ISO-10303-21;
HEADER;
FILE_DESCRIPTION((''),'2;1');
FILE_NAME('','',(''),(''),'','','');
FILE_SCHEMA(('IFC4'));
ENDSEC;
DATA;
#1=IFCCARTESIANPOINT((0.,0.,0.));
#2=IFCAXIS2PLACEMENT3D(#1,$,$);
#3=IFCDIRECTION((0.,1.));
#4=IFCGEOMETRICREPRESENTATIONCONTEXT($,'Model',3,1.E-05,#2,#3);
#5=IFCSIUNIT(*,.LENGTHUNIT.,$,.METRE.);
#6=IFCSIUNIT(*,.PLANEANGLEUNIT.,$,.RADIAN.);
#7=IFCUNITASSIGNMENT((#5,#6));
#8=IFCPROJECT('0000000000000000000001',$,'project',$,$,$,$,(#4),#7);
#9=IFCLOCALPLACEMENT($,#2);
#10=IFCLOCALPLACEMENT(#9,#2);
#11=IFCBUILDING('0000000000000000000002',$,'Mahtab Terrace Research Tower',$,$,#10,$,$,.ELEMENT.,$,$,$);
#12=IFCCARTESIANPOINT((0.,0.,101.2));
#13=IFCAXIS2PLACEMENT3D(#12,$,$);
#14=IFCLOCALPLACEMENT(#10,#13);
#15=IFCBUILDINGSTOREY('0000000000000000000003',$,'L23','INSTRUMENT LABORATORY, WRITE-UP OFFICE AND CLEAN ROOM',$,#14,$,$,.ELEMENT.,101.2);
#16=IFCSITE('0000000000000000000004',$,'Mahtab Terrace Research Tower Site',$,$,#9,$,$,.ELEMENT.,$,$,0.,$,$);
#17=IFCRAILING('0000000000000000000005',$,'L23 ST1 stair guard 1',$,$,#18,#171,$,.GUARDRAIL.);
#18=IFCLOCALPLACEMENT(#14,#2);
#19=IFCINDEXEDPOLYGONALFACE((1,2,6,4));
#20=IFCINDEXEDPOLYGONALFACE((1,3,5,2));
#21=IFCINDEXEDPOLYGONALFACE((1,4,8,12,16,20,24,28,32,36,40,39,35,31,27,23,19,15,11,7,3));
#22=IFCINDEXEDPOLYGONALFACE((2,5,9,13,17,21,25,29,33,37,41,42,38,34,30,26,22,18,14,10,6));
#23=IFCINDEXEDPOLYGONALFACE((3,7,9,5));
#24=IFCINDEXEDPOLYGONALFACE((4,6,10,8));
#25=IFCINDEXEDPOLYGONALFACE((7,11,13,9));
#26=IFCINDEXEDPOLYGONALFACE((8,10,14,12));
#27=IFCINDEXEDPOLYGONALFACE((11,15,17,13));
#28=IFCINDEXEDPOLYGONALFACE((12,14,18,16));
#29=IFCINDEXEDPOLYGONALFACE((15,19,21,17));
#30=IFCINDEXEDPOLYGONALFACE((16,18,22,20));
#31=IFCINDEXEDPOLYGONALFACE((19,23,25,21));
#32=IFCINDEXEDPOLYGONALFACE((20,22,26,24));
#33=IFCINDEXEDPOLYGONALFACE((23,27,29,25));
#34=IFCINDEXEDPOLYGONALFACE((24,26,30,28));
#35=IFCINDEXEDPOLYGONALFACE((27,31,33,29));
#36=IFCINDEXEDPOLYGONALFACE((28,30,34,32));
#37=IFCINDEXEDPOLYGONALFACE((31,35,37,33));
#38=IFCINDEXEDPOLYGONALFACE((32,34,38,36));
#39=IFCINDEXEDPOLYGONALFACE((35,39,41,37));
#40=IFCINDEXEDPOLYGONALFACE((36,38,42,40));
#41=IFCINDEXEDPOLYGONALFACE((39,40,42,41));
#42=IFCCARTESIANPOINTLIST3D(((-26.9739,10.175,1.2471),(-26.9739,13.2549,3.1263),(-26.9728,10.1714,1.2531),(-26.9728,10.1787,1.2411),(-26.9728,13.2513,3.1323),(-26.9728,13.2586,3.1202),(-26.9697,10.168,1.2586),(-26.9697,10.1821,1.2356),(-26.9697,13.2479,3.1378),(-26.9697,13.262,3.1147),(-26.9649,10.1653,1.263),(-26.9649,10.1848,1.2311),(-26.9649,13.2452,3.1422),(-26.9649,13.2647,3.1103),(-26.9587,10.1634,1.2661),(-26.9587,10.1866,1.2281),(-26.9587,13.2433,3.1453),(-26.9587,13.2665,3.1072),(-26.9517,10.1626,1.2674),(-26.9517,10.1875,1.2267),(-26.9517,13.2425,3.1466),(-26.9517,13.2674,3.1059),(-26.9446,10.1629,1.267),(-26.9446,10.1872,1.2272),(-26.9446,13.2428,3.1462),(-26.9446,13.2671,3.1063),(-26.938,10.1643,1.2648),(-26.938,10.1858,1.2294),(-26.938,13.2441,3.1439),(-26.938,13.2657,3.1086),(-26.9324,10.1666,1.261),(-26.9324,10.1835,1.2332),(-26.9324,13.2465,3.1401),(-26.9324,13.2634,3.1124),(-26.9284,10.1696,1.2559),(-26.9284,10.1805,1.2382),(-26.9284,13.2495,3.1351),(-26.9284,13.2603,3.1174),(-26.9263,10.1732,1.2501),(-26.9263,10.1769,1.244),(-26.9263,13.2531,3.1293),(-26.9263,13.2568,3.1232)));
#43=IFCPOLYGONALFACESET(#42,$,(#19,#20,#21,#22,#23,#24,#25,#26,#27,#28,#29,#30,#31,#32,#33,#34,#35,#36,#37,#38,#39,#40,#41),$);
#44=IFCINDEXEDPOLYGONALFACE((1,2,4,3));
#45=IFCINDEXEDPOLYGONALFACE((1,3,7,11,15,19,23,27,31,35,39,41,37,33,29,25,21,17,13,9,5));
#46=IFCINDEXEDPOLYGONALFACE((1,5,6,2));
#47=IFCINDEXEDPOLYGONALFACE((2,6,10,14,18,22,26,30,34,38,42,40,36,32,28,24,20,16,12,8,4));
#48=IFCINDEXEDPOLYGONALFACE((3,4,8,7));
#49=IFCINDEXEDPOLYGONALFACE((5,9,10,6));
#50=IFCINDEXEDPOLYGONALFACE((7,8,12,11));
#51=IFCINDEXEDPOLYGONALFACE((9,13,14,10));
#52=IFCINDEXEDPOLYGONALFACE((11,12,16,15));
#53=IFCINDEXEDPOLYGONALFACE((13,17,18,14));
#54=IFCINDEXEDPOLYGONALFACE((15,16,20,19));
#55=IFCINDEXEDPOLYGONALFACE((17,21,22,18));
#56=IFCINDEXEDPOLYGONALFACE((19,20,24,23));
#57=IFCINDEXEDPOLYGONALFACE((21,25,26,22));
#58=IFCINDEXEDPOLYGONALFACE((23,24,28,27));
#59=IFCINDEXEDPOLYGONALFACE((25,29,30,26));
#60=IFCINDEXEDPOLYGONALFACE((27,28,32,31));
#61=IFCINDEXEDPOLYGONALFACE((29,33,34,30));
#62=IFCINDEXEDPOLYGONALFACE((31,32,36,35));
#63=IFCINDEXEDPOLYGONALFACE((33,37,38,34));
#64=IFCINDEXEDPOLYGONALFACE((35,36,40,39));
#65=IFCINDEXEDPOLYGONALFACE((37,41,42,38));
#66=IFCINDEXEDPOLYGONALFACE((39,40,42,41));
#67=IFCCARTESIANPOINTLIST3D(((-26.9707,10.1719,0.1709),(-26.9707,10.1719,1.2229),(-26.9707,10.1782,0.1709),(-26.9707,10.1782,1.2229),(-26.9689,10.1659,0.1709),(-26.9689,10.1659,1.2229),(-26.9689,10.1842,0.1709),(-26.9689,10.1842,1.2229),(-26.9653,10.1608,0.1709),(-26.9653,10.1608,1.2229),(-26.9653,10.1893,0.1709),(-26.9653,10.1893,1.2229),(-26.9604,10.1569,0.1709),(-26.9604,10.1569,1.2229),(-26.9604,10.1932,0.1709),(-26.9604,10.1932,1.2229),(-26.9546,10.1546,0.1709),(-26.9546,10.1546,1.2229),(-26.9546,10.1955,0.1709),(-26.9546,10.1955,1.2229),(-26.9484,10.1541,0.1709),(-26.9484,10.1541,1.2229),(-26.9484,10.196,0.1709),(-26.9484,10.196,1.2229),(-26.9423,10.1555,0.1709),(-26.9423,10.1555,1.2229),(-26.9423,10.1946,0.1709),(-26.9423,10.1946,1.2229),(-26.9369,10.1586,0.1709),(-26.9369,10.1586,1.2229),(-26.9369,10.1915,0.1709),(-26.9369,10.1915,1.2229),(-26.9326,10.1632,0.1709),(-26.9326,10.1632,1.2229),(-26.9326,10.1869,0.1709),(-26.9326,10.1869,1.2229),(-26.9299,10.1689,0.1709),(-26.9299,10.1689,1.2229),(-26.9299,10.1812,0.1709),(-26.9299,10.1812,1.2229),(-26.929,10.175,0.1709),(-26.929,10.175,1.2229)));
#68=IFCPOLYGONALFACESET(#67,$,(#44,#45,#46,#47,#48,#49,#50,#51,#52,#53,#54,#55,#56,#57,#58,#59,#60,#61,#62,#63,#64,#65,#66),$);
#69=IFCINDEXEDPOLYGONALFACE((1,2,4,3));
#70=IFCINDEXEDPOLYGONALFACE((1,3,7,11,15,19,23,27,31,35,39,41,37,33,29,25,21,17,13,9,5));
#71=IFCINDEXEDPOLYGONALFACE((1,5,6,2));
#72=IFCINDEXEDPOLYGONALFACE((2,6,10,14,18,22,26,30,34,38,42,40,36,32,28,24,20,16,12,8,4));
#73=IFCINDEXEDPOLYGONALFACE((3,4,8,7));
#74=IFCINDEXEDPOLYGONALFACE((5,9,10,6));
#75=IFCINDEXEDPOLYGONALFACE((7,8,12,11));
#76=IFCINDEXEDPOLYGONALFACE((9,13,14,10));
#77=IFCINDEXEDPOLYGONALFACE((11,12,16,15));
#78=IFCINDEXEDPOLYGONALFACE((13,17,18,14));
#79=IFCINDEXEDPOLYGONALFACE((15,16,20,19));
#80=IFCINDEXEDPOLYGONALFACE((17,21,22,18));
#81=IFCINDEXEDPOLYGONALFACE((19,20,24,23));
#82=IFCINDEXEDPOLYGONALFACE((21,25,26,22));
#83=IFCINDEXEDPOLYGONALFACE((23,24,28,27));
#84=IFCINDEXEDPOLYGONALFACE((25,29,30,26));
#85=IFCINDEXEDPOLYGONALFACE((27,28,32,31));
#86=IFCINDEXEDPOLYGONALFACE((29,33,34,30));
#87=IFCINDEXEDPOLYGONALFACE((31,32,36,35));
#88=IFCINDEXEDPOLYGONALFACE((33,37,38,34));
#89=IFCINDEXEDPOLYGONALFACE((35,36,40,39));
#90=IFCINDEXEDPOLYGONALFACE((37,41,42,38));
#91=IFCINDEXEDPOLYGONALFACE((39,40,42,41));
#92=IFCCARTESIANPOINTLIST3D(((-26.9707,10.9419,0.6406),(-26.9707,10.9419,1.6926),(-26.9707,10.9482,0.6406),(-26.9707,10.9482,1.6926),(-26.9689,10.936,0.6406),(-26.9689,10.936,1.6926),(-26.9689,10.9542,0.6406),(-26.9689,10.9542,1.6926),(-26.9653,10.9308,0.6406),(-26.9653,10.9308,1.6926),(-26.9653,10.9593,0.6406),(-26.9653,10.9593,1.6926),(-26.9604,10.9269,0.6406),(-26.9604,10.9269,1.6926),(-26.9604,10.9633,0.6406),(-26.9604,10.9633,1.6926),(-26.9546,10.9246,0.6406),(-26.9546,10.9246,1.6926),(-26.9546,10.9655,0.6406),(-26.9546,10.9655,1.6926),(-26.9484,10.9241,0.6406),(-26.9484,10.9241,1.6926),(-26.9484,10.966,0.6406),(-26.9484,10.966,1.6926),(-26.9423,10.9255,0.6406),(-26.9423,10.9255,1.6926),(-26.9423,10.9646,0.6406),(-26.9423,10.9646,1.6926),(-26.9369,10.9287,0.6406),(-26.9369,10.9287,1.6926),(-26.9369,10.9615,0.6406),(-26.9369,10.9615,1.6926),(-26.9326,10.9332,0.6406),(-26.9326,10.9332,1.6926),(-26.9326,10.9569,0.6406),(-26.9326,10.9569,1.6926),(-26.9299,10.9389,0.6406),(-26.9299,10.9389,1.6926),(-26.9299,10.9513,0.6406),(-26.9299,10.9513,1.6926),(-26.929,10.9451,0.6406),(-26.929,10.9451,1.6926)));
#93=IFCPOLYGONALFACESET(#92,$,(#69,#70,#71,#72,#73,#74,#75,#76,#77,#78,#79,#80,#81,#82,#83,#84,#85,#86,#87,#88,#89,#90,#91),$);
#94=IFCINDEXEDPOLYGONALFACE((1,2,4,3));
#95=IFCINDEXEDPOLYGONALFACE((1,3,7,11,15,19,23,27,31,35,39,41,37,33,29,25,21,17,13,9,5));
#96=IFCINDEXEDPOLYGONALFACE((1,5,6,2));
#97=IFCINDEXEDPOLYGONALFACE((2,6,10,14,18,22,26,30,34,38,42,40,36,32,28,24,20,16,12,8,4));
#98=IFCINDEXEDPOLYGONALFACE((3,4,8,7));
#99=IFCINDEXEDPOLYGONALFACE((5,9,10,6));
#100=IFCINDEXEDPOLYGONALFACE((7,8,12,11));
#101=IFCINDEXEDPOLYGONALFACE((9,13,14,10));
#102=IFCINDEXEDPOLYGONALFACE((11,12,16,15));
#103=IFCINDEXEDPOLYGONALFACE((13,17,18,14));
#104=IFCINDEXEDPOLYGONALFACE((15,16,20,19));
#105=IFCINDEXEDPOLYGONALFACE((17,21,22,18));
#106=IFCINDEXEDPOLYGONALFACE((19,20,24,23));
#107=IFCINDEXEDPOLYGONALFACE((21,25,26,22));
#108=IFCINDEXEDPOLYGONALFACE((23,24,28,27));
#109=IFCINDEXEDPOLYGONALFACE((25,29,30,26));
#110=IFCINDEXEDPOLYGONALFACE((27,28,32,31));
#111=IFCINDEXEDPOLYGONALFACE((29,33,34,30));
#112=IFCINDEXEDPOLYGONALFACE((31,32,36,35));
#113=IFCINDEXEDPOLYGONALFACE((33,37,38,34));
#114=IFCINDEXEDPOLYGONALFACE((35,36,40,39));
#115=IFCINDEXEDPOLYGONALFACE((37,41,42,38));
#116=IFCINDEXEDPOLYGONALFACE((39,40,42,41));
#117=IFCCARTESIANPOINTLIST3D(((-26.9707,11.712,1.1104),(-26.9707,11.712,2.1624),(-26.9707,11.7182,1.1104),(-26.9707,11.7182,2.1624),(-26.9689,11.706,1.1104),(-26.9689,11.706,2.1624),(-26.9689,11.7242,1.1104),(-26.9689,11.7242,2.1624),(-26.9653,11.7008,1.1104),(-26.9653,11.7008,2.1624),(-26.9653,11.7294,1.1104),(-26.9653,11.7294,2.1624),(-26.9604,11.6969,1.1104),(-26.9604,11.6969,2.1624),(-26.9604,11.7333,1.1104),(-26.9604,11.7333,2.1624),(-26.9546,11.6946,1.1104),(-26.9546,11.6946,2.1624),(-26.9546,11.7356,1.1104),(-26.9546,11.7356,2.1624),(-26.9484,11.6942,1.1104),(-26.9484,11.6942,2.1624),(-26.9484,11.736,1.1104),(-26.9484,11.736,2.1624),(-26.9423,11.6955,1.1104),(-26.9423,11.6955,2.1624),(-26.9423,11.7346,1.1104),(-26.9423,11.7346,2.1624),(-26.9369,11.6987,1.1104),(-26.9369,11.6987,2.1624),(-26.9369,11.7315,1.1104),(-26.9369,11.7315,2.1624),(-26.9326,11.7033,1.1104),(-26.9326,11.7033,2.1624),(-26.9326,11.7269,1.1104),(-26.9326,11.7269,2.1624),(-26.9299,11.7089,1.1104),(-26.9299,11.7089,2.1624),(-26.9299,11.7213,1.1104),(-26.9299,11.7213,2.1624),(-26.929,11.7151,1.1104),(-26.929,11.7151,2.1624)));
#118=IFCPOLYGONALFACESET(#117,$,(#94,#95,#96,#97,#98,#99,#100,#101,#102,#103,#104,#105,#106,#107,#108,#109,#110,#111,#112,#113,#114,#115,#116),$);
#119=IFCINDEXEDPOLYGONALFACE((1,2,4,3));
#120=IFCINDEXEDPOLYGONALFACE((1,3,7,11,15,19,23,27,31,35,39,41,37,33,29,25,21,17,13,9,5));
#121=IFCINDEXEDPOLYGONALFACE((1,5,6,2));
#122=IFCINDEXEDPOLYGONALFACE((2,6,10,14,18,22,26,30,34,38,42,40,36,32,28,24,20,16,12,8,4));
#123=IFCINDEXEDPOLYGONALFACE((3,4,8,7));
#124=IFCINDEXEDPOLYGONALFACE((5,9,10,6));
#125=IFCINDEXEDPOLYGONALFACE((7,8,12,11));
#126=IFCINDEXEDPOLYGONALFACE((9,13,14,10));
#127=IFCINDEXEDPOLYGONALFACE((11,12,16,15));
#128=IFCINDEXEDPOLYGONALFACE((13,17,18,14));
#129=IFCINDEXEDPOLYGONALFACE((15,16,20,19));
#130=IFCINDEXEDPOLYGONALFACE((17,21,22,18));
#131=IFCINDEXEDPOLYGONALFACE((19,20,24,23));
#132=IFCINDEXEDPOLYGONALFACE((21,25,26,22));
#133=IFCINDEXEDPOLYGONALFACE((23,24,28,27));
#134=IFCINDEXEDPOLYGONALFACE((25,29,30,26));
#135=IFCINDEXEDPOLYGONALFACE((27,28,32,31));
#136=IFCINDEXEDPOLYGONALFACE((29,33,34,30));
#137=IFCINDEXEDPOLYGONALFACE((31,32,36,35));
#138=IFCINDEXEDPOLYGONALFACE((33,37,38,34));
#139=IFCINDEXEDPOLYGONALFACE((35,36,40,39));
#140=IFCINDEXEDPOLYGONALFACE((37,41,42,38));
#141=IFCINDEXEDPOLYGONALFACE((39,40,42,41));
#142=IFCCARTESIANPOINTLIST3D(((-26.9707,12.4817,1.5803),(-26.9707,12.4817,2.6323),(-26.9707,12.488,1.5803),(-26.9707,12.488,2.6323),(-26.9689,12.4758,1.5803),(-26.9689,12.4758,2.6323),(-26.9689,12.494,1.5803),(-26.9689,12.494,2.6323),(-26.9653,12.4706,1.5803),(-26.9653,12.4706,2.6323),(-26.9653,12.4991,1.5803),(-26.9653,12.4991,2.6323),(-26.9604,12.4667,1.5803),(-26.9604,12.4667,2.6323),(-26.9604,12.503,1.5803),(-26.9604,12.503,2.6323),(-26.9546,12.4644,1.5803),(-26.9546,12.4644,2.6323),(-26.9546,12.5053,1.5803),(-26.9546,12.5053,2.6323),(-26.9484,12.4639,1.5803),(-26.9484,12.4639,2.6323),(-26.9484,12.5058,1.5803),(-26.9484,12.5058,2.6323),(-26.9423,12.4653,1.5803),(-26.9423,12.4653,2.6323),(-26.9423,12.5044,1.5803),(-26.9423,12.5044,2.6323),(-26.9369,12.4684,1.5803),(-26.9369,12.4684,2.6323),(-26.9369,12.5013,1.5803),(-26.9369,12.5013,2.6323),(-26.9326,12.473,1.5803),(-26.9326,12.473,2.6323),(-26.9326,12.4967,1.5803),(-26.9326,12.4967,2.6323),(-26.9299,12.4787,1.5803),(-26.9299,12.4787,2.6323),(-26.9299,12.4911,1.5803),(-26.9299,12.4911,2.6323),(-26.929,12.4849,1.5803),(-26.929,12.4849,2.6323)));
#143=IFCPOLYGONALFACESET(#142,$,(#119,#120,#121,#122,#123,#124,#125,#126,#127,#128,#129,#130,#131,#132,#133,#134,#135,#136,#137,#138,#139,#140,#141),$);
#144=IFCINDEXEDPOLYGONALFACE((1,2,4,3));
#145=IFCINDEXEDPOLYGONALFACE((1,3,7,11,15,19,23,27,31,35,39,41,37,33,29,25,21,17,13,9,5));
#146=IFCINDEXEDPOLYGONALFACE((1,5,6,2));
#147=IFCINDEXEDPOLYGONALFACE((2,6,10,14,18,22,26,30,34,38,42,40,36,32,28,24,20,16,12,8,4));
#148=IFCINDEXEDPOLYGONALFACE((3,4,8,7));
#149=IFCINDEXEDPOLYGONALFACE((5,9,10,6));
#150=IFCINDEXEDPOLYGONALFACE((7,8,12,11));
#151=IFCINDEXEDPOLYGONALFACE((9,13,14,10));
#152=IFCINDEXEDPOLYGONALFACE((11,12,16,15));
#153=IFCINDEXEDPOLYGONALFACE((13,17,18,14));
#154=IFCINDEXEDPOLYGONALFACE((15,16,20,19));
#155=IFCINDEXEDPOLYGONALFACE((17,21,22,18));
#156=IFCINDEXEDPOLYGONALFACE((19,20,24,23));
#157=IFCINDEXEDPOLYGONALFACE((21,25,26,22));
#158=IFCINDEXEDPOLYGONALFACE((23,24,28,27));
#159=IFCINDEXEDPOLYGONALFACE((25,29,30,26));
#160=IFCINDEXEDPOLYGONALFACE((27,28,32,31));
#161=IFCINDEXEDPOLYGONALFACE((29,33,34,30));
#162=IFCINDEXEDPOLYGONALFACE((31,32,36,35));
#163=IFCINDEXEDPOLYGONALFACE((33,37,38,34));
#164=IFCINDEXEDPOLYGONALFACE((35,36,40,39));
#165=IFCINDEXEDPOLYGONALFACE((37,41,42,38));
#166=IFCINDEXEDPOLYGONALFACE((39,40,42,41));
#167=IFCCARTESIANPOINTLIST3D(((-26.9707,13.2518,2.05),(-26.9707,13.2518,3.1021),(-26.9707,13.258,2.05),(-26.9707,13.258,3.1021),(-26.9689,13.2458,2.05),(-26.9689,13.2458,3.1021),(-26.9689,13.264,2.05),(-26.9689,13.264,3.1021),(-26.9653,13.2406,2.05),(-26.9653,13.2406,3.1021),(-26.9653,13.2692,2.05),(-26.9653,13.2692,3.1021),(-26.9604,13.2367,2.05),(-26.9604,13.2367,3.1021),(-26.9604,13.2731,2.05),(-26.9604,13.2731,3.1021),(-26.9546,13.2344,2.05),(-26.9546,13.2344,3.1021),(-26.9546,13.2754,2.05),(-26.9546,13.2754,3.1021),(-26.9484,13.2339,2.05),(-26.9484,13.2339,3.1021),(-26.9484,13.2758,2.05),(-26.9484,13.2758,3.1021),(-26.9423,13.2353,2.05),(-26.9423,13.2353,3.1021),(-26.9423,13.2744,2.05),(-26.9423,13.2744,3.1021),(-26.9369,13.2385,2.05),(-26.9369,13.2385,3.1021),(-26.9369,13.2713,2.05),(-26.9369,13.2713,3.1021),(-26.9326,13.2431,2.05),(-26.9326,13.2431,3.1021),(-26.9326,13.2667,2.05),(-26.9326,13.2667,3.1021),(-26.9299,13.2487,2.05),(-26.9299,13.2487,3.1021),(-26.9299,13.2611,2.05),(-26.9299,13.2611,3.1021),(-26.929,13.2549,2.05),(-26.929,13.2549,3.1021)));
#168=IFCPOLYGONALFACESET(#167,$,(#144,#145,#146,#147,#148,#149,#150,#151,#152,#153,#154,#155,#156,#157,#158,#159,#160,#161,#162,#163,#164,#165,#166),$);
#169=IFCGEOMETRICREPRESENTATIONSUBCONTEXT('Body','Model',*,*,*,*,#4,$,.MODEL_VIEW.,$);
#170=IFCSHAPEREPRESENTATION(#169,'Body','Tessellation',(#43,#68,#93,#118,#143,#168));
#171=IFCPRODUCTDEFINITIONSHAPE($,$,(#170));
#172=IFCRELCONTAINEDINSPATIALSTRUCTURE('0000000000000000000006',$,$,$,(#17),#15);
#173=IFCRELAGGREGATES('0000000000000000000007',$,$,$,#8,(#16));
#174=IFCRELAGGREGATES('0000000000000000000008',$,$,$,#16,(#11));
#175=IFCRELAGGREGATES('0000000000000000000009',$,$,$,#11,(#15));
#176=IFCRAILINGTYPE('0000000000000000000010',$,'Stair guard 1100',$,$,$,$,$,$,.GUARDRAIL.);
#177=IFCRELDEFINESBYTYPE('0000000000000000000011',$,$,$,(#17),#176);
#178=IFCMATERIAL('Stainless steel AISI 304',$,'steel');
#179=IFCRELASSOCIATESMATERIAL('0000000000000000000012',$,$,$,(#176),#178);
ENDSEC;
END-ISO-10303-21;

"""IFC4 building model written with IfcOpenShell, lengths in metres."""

from ifc_helpers import new_model, si_unit, direction, frame, origin, origin_2d, place, context, subcontext, project, spatial, circle, extrude, material, type_object, element, save


model = new_model("IFC4")

# Units and contexts
model_context = context("Model", 3, precision=1e-05, world=origin(), true_north=direction((0.0, 1.0)))
body_context = subcontext(model_context, "Body", "Model", "MODEL_VIEW")
ifc_project = project(units=[si_unit("LENGTHUNIT", "METRE"), si_unit("PLANEANGLEUNIT", "RADIAN")], contexts=[model_context])

# Site, building, storey
site_placement = place(None, origin())
site = spatial("IfcSite", under=ifc_project, at=site_placement, Name="Mahtab Terrace Research Tower Site", CompositionType="ELEMENT", RefElevation=0.0)
building_placement = place(site_placement, origin())
building = spatial("IfcBuilding", under=site, at=building_placement, Name="Mahtab Terrace Research Tower", CompositionType="ELEMENT")
storey_placement = place(building_placement, frame((0.0, 0.0, 101.2)))
storey = spatial("IfcBuildingStorey", under=building, at=storey_placement, Name="L23", Description="INSTRUMENT LABORATORY, WRITE-UP OFFICE AND CLEAN ROOM", CompositionType="ELEMENT", Elevation=101.2)

# Shared definitions
ifc_material_1 = material(Name="Stainless steel AISI 304", Category="steel")

# Railing
railing_type_1 = type_object("IfcRailingType", Name="Stair guard 1100", PredefinedType="GUARDRAIL", material=ifc_material_1)
railing_1_placement = place(storey_placement, frame((-26.95, 10.175, 0.1709)))
element("IfcRailing", 1, at=railing_1_placement, inside=storey, type_object=railing_type_1, Name="L23 ST1 stair guard 1", PredefinedType="GUARDRAIL", context=body_context, shape_type="SweptSolid", body=[
    extrude(circle(Radius=0.0239, at=origin_2d()), frame((0.0, 0.0, 1.0762), z_axis=(0.0, 0.853648, 0.52085), x_axis=(-1.0, 0.0, 0.0)), (0.0, 0.0, 1.0), 3.6079),
    extrude(circle(Radius=0.021, at=origin_2d()), origin(), (0.0, 0.0, 1.0), 1.052),
    extrude(circle(Radius=0.021, at=origin_2d()), frame((0.0, 0.77, 0.4697)), (0.0, 0.0, 1.0), 1.052),
    extrude(circle(Radius=0.021, at=origin_2d()), frame((0.0, 1.54, 0.9395)), (0.0, 0.0, 1.0), 1.052),
    extrude(circle(Radius=0.021, at=origin_2d()), frame((0.0, 2.3098, 1.4094)), (0.0, 0.0, 1.0), 1.052),
    extrude(circle(Radius=0.021, at=origin_2d()), frame((0.0, 3.0798, 1.8792)), (0.0, 0.0, 1.0), 1.052),
])

save(model, "model.ifc")
